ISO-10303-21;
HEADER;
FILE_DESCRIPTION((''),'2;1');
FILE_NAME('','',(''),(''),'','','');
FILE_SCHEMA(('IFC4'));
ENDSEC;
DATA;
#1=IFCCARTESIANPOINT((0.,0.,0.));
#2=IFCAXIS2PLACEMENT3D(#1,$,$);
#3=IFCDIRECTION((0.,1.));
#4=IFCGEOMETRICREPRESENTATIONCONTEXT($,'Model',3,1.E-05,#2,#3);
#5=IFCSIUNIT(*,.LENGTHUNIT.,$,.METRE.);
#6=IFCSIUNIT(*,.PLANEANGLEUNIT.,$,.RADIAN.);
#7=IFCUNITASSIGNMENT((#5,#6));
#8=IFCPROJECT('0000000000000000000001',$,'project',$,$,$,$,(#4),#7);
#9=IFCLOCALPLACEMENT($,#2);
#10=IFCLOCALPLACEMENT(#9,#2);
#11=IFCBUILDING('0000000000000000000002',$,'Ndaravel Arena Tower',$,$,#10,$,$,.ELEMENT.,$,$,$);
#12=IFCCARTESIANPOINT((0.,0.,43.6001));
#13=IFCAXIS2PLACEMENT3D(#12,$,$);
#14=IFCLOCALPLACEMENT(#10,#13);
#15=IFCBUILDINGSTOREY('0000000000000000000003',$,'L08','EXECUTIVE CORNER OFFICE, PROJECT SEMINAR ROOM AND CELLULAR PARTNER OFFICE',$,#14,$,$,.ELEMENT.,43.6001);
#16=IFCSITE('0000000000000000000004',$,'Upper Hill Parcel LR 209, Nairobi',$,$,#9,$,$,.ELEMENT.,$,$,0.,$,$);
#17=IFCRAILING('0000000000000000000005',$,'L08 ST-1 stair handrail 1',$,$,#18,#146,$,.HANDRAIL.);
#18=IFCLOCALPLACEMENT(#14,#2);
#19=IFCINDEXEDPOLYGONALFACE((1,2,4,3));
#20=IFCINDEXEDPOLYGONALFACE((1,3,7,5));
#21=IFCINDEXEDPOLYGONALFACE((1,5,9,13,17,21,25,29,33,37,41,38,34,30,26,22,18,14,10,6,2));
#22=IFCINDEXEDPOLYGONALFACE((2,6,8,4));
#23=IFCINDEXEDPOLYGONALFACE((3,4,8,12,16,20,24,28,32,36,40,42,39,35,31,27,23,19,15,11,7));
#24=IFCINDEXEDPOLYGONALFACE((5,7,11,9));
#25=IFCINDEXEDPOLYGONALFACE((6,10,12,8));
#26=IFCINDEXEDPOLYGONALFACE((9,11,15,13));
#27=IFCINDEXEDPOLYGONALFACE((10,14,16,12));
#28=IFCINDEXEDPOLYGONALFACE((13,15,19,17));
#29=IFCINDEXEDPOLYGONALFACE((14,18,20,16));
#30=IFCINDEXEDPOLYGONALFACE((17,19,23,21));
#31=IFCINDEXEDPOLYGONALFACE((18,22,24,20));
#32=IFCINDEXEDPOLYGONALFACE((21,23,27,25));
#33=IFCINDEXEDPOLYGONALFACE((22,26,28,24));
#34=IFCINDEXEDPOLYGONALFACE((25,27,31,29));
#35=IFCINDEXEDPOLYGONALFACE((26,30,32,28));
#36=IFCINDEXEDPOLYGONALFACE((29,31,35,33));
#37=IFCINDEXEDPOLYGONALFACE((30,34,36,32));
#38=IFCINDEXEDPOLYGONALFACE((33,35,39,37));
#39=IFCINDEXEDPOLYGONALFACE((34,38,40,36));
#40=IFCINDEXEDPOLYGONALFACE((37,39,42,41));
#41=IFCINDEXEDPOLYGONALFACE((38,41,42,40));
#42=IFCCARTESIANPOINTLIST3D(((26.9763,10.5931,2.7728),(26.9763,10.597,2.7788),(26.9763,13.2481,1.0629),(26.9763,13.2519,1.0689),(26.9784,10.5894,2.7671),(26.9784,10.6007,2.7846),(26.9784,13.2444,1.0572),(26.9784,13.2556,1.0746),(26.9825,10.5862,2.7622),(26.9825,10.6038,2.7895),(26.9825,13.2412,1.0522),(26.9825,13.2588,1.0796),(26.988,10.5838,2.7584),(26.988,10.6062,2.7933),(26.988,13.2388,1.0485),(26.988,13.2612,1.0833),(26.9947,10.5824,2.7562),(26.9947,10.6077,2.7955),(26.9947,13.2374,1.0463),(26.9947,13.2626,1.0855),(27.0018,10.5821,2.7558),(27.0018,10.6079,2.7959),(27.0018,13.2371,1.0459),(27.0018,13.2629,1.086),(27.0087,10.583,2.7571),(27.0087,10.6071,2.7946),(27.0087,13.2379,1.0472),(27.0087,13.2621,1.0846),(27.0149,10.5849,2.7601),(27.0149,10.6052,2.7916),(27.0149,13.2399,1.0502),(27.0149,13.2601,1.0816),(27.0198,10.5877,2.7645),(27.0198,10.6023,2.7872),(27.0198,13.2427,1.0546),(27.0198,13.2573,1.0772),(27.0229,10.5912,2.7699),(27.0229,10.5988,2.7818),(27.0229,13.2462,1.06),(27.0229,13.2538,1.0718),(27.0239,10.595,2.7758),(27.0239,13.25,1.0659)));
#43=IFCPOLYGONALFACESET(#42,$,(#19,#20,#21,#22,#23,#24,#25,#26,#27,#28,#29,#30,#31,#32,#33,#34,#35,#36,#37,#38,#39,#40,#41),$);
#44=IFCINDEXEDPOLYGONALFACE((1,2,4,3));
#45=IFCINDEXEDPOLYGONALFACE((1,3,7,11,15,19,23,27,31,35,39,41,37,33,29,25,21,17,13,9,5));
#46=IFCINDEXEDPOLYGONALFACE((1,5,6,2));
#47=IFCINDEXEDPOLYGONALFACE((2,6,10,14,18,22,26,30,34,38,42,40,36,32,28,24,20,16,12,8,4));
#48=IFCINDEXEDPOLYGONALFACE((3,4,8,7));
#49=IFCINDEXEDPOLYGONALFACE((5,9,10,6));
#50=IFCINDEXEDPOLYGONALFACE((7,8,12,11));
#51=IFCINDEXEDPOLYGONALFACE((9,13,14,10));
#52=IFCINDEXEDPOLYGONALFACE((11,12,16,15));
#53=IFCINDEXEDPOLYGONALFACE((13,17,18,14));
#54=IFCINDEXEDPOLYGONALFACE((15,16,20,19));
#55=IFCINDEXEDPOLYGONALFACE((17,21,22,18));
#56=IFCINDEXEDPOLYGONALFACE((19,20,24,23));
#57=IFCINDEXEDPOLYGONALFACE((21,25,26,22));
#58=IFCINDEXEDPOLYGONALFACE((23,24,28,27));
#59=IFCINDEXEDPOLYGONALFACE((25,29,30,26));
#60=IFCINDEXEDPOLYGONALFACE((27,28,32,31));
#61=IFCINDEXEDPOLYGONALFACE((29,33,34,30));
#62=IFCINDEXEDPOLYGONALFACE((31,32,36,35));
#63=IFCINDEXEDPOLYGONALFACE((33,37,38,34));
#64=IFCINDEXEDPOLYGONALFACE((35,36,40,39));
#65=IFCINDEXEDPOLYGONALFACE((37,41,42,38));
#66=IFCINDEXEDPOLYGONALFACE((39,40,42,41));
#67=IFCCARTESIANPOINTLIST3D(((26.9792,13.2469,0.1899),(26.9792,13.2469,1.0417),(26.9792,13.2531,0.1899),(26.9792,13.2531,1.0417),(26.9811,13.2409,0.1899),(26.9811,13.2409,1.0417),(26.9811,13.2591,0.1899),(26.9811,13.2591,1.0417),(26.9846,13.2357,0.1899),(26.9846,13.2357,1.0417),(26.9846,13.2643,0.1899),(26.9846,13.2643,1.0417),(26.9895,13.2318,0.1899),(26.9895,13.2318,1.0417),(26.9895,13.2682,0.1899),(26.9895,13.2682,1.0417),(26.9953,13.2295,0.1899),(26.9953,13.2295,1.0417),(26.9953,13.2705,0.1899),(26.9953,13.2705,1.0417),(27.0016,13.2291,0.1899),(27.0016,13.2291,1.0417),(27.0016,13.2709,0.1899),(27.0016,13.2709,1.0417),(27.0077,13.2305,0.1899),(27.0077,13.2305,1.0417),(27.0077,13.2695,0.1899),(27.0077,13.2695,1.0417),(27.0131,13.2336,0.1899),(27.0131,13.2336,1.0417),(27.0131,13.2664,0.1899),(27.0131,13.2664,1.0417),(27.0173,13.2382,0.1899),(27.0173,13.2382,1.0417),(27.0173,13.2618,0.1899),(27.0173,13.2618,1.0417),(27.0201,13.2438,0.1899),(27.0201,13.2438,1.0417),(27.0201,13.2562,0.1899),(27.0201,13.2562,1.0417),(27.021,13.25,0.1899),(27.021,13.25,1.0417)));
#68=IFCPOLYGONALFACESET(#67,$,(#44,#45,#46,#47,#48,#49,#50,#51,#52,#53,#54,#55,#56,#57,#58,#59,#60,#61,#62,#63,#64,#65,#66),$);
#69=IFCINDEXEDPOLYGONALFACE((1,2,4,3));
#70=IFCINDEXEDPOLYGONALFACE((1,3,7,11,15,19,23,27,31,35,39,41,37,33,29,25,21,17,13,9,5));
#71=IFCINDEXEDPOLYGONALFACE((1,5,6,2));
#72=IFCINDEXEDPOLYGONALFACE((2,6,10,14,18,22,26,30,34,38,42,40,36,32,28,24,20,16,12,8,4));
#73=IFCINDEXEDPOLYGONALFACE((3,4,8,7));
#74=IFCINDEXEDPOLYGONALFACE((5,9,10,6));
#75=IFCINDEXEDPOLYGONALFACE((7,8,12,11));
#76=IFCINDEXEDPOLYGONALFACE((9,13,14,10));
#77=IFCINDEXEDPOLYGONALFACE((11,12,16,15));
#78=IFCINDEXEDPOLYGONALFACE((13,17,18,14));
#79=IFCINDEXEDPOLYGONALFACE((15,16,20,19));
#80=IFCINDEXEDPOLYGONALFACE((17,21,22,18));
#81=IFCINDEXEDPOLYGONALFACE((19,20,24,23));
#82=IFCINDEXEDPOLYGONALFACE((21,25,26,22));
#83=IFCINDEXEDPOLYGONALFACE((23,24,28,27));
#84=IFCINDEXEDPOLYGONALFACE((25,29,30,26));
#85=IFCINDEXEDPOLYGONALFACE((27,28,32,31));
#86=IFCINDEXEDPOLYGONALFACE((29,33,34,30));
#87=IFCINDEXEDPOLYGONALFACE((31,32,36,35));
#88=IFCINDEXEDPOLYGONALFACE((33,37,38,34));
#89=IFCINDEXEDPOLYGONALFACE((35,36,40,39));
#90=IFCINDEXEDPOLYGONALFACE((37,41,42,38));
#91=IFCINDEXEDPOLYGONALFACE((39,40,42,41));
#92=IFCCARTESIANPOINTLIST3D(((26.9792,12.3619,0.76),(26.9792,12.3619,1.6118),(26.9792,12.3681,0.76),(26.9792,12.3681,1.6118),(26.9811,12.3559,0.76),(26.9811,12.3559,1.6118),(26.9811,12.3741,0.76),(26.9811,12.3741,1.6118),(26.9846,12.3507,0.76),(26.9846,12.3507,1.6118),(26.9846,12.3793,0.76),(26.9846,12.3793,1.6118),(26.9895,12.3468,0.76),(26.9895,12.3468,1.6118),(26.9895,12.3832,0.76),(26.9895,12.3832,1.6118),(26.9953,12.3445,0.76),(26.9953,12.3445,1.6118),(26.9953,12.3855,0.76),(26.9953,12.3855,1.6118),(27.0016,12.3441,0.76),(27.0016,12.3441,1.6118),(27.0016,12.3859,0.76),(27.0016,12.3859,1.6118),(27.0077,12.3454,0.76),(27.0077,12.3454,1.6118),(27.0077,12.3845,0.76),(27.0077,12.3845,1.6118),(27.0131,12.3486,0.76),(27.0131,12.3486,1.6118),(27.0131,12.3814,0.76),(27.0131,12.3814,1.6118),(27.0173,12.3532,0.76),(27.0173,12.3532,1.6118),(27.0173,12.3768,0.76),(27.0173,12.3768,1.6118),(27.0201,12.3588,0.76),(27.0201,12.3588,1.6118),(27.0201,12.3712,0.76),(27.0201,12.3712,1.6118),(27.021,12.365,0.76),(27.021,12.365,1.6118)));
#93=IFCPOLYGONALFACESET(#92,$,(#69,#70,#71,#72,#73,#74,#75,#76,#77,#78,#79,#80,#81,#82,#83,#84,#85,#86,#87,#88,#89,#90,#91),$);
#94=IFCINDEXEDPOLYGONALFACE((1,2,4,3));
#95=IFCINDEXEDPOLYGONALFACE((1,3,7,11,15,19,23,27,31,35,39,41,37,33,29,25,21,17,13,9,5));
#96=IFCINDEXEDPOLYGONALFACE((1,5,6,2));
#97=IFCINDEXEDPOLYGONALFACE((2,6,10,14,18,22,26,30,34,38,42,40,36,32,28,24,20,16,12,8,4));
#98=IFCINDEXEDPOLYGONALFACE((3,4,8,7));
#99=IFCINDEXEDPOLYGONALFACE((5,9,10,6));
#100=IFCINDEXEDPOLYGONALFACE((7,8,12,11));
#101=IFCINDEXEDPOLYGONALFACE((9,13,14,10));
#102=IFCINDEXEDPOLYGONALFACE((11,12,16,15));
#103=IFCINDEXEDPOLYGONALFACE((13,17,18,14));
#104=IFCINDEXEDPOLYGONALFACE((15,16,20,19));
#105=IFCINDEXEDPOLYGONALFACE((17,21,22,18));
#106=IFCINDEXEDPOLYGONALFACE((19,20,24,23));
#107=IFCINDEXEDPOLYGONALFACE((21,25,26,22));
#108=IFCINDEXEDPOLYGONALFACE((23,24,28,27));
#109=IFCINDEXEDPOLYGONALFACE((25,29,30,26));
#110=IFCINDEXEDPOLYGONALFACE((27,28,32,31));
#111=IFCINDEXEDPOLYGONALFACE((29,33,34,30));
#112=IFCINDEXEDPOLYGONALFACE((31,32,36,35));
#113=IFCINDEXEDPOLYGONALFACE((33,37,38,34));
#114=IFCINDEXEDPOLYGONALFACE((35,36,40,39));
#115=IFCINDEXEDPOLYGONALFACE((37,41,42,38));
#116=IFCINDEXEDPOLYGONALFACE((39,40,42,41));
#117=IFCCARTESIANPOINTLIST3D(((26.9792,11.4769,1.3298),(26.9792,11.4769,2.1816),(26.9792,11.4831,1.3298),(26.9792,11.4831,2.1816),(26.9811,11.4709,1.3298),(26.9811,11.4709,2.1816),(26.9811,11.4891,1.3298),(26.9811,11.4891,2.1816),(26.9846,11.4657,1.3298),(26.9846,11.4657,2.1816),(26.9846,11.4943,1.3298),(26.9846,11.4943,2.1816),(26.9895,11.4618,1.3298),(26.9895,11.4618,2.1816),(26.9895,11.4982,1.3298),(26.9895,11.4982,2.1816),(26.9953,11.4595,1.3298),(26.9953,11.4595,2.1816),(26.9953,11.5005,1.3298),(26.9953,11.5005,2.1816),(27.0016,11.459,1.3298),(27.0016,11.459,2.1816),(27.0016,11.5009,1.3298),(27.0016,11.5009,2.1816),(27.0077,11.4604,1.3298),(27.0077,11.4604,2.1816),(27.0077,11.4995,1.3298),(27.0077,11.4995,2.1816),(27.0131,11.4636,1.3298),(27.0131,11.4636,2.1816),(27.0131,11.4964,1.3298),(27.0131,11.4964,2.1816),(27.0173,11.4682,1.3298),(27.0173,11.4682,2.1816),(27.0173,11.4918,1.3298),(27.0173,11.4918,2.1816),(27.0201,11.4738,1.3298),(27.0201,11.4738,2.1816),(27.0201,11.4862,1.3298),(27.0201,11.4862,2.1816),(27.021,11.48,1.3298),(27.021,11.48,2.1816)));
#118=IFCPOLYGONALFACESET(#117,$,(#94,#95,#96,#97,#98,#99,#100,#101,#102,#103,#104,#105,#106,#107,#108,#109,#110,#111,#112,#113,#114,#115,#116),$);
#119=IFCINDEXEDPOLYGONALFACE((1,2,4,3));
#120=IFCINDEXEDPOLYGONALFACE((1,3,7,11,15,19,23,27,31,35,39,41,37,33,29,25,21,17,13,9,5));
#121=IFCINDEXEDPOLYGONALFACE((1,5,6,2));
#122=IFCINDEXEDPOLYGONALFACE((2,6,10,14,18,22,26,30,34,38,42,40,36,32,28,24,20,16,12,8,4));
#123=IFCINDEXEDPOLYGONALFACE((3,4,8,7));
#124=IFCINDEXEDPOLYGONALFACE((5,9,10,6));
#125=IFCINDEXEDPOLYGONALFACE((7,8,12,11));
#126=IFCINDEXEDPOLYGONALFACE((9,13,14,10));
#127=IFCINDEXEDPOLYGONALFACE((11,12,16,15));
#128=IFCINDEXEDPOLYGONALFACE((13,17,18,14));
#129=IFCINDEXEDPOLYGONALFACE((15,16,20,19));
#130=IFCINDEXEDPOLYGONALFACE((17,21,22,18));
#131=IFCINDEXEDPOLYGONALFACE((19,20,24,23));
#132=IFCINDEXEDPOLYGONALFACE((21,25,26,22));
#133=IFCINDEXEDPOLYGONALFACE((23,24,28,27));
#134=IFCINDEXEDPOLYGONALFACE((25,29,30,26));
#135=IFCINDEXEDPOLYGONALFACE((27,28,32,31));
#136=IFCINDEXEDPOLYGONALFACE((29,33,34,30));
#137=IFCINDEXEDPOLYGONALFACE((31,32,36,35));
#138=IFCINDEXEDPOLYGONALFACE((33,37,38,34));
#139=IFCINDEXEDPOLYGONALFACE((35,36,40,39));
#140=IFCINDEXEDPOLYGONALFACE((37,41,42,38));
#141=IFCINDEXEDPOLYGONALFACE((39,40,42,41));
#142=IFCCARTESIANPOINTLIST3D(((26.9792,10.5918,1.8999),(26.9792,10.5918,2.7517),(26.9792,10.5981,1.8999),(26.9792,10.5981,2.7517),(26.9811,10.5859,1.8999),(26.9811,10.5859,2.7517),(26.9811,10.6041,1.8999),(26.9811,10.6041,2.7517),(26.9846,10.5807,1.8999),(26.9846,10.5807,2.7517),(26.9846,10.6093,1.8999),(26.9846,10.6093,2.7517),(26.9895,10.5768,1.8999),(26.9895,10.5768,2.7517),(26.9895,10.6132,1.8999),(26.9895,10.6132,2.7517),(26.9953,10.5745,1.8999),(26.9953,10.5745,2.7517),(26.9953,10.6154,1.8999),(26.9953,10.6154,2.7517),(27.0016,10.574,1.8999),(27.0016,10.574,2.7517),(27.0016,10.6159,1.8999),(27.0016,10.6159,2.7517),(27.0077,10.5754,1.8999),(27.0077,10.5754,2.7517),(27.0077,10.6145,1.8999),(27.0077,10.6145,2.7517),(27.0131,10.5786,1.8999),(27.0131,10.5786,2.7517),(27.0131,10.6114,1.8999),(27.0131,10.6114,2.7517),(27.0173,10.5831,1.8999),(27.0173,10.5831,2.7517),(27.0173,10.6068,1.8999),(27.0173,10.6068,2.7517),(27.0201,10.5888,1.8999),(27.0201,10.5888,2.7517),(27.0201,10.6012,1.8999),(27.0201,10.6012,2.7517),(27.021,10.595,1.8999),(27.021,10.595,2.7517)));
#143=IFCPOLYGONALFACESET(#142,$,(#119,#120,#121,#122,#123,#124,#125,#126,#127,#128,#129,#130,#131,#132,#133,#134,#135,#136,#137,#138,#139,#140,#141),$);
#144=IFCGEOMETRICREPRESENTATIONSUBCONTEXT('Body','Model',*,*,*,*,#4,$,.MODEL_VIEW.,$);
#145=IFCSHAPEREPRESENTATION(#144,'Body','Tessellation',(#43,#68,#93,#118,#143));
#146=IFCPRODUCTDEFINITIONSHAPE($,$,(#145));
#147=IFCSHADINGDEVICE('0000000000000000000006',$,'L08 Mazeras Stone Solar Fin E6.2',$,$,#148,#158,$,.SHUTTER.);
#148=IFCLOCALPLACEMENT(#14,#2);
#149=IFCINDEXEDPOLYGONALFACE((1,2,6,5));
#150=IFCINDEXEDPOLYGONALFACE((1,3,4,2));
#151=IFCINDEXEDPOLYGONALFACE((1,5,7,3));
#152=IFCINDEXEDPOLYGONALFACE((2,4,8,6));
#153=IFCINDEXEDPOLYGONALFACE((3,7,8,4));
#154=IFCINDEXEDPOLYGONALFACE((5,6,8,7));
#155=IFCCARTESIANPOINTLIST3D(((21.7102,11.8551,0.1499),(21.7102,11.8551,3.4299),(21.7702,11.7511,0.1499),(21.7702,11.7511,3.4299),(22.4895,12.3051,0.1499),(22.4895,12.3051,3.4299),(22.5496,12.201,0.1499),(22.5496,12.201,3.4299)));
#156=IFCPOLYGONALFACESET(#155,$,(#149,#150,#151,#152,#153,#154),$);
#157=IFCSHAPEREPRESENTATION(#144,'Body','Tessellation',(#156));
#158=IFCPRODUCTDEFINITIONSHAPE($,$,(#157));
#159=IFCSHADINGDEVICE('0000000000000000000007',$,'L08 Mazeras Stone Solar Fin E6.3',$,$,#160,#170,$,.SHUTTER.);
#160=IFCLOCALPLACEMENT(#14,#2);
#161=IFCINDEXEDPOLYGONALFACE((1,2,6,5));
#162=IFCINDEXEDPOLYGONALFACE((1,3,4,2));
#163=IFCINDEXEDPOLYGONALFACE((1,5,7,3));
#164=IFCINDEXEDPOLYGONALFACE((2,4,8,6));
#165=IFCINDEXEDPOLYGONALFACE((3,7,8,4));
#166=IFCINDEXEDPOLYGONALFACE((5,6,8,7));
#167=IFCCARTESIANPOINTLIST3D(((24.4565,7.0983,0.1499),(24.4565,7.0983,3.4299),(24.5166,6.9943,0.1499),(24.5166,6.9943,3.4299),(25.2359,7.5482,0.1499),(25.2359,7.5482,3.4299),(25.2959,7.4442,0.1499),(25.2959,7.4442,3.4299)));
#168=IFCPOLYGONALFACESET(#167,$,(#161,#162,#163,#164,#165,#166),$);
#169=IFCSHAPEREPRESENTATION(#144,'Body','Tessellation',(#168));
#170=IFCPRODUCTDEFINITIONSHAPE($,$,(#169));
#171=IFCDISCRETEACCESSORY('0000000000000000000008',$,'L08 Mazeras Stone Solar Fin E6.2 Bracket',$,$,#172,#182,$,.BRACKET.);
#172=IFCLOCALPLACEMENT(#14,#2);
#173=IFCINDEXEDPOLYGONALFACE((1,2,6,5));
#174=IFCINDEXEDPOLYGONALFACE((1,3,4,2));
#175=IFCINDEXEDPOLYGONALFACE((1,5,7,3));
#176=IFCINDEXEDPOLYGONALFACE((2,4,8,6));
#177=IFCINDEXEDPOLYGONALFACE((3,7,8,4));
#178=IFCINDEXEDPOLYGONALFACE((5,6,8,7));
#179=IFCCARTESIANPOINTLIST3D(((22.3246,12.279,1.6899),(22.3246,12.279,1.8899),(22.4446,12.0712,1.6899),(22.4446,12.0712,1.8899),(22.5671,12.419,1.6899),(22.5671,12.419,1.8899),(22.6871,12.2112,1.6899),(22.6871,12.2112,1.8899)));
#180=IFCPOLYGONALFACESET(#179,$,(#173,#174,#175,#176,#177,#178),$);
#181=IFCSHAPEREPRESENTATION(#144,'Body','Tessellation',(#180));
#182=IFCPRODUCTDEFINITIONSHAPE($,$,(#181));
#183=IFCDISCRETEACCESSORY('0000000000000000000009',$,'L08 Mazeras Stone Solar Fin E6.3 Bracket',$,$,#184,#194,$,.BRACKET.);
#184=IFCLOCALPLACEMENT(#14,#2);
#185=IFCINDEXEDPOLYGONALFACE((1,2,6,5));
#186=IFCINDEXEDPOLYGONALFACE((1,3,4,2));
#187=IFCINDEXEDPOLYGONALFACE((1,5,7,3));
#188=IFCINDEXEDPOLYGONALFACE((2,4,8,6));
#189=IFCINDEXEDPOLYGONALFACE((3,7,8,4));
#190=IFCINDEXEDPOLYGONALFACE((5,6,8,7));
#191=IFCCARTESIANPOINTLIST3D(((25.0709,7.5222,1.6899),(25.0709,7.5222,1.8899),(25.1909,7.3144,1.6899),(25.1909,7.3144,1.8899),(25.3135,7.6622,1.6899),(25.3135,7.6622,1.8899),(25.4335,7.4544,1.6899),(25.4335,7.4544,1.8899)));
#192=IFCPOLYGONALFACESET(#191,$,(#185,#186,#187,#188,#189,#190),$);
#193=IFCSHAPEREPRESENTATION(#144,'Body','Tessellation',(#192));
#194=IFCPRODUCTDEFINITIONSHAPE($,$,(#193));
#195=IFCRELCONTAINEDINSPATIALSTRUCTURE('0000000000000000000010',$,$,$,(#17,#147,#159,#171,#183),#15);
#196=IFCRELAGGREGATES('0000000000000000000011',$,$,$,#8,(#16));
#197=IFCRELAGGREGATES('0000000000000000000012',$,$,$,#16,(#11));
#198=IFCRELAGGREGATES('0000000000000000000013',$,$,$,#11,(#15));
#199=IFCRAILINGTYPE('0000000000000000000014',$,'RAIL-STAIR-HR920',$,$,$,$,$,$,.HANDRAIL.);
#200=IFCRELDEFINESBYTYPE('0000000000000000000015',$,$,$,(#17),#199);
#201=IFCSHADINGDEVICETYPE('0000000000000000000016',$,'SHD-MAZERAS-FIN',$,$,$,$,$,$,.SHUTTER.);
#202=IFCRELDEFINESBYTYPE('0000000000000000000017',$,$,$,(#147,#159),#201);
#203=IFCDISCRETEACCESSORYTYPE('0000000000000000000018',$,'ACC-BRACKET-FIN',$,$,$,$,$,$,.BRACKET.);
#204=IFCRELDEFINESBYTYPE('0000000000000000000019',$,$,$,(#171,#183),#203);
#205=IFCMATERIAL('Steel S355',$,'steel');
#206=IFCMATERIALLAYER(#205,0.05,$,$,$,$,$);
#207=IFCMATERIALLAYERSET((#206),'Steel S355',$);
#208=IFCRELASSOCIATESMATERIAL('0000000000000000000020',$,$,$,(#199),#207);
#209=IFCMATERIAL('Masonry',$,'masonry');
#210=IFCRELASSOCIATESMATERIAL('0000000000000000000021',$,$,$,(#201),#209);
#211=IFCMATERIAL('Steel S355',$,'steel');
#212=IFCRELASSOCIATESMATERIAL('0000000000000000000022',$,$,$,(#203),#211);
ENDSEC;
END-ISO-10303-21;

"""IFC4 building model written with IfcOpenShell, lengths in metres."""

from ifc_helpers import new_model, si_unit, direction, frame, origin, origin_2d, place, context, subcontext, project, spatial, rectangle, circle, extrude, material, layer, layer_set, type_object, element, save


model = new_model("IFC4")

# Units and contexts
model_context = context("Model", 3, precision=1e-05, world=origin(), true_north=direction((0.0, 1.0)))
body_context = subcontext(model_context, "Body", "Model", "MODEL_VIEW")
ifc_project = project(units=[si_unit("LENGTHUNIT", "METRE"), si_unit("PLANEANGLEUNIT", "RADIAN")], contexts=[model_context])

# Site, building, storey
site_placement = place(None, origin())
site = spatial("IfcSite", under=ifc_project, at=site_placement, Name="Upper Hill Parcel LR 209, Nairobi", CompositionType="ELEMENT", RefElevation=0.0)
building_placement = place(site_placement, origin())
building = spatial("IfcBuilding", under=site, at=building_placement, Name="Ndaravel Arena Tower", CompositionType="ELEMENT")
storey_placement = place(building_placement, frame((0.0, 0.0, 43.6001)))
storey = spatial("IfcBuildingStorey", under=building, at=storey_placement, Name="L08", Description="EXECUTIVE CORNER OFFICE, PROJECT SEMINAR ROOM AND CELLULAR PARTNER OFFICE", CompositionType="ELEMENT", Elevation=43.6001)

# Railing
ifc_material_1 = material(Name="Steel S355", Category="steel")
ifc_layer_1 = layer(ifc_material_1, 0.05)
ifc_layer_set_1 = layer_set([ifc_layer_1], Name="Steel S355")
railing_type_1 = type_object("IfcRailingType", Name="RAIL-STAIR-HR920", PredefinedType="HANDRAIL", material=ifc_layer_set_1)
railing_1_placement = place(storey_placement, frame((27.0, 13.25, 0.1899)))
element("IfcRailing", 1, at=railing_1_placement, inside=storey, type_object=railing_type_1, Name="L08 ST-1 stair handrail 1", PredefinedType="HANDRAIL", context=body_context, shape_type="SweptSolid", body=[
    extrude(circle(Radius=0.0239, at=origin_2d()), frame((0.0, 0.0, 0.876), z_axis=(0.0, -0.840724, 0.541465), x_axis=(1.0, 0.0, 0.0)), (0.0, 0.0, 1.0), 3.158),
    extrude(circle(Radius=0.021, at=origin_2d()), origin(), (0.0, 0.0, 1.0), 0.8518),
    extrude(circle(Radius=0.021, at=origin_2d()), frame((0.0, -0.885, 0.5701)), (0.0, 0.0, 1.0), 0.8518),
    extrude(circle(Radius=0.021, at=origin_2d()), frame((0.0, -1.77, 1.1399)), (0.0, 0.0, 1.0), 0.8518),
    extrude(circle(Radius=0.021, at=origin_2d()), frame((0.0, -2.655, 1.71)), (0.0, 0.0, 1.0), 0.8518),
])

# Shading devices
ifc_material_2 = material(Name="Masonry", Category="masonry")
shading_device_type = type_object("IfcShadingDeviceType", Name="SHD-MAZERAS-FIN", PredefinedType="SHUTTER", material=ifc_material_2)
for number, where, z_axis, x_axis, name in (
    (2, (22.1299, 12.0281, 0.1499), (0.0, 0.0, 1.0), (-0.866025, -0.5, 0.0), "L08 Mazeras Stone Solar Fin E6.2"),
    (3, (24.8762, 7.2712, 0.1499), (0.0, 0.0, 1.0), (-0.866025, -0.5, 0.0), "L08 Mazeras Stone Solar Fin E6.3"),
):
    element("IfcShadingDevice", number, at=place(storey_placement, frame(where, z_axis=z_axis, x_axis=x_axis)), inside=storey, type_object=shading_device_type, Name=name, PredefinedType="SHUTTER", context=body_context, shape_type="SweptSolid", body=[
        extrude(rectangle(XDim=0.8999, YDim=0.1201, at=origin_2d()), origin(), (0.0, 0.0, 1.0), 3.28),
    ])

# Discrete accessories
ifc_material_3 = material(Name="Steel S355", Category="steel")
discrete_accessory_type = type_object("IfcDiscreteAccessoryType", Name="ACC-BRACKET-FIN", PredefinedType="BRACKET", material=ifc_material_3)
for number, where, z_axis, x_axis, name in (
    (4, (22.5059, 12.2451, 1.6899), (0.0, 0.0, 1.0), (-0.866025, -0.5, 0.0), "L08 Mazeras Stone Solar Fin E6.2 Bracket"),
    (5, (25.2522, 7.4883, 1.6899), (0.0, 0.0, 1.0), (-0.866025, -0.5, 0.0), "L08 Mazeras Stone Solar Fin E6.3 Bracket"),
):
    element("IfcDiscreteAccessory", number, at=place(storey_placement, frame(where, z_axis=z_axis, x_axis=x_axis)), inside=storey, type_object=discrete_accessory_type, Name=name, PredefinedType="BRACKET", context=body_context, shape_type="SweptSolid", body=[
        extrude(rectangle(XDim=0.28, YDim=0.24, at=origin_2d()), origin(), (0.0, 0.0, 1.0), 0.2),
    ])

save(model, "model.ifc")
